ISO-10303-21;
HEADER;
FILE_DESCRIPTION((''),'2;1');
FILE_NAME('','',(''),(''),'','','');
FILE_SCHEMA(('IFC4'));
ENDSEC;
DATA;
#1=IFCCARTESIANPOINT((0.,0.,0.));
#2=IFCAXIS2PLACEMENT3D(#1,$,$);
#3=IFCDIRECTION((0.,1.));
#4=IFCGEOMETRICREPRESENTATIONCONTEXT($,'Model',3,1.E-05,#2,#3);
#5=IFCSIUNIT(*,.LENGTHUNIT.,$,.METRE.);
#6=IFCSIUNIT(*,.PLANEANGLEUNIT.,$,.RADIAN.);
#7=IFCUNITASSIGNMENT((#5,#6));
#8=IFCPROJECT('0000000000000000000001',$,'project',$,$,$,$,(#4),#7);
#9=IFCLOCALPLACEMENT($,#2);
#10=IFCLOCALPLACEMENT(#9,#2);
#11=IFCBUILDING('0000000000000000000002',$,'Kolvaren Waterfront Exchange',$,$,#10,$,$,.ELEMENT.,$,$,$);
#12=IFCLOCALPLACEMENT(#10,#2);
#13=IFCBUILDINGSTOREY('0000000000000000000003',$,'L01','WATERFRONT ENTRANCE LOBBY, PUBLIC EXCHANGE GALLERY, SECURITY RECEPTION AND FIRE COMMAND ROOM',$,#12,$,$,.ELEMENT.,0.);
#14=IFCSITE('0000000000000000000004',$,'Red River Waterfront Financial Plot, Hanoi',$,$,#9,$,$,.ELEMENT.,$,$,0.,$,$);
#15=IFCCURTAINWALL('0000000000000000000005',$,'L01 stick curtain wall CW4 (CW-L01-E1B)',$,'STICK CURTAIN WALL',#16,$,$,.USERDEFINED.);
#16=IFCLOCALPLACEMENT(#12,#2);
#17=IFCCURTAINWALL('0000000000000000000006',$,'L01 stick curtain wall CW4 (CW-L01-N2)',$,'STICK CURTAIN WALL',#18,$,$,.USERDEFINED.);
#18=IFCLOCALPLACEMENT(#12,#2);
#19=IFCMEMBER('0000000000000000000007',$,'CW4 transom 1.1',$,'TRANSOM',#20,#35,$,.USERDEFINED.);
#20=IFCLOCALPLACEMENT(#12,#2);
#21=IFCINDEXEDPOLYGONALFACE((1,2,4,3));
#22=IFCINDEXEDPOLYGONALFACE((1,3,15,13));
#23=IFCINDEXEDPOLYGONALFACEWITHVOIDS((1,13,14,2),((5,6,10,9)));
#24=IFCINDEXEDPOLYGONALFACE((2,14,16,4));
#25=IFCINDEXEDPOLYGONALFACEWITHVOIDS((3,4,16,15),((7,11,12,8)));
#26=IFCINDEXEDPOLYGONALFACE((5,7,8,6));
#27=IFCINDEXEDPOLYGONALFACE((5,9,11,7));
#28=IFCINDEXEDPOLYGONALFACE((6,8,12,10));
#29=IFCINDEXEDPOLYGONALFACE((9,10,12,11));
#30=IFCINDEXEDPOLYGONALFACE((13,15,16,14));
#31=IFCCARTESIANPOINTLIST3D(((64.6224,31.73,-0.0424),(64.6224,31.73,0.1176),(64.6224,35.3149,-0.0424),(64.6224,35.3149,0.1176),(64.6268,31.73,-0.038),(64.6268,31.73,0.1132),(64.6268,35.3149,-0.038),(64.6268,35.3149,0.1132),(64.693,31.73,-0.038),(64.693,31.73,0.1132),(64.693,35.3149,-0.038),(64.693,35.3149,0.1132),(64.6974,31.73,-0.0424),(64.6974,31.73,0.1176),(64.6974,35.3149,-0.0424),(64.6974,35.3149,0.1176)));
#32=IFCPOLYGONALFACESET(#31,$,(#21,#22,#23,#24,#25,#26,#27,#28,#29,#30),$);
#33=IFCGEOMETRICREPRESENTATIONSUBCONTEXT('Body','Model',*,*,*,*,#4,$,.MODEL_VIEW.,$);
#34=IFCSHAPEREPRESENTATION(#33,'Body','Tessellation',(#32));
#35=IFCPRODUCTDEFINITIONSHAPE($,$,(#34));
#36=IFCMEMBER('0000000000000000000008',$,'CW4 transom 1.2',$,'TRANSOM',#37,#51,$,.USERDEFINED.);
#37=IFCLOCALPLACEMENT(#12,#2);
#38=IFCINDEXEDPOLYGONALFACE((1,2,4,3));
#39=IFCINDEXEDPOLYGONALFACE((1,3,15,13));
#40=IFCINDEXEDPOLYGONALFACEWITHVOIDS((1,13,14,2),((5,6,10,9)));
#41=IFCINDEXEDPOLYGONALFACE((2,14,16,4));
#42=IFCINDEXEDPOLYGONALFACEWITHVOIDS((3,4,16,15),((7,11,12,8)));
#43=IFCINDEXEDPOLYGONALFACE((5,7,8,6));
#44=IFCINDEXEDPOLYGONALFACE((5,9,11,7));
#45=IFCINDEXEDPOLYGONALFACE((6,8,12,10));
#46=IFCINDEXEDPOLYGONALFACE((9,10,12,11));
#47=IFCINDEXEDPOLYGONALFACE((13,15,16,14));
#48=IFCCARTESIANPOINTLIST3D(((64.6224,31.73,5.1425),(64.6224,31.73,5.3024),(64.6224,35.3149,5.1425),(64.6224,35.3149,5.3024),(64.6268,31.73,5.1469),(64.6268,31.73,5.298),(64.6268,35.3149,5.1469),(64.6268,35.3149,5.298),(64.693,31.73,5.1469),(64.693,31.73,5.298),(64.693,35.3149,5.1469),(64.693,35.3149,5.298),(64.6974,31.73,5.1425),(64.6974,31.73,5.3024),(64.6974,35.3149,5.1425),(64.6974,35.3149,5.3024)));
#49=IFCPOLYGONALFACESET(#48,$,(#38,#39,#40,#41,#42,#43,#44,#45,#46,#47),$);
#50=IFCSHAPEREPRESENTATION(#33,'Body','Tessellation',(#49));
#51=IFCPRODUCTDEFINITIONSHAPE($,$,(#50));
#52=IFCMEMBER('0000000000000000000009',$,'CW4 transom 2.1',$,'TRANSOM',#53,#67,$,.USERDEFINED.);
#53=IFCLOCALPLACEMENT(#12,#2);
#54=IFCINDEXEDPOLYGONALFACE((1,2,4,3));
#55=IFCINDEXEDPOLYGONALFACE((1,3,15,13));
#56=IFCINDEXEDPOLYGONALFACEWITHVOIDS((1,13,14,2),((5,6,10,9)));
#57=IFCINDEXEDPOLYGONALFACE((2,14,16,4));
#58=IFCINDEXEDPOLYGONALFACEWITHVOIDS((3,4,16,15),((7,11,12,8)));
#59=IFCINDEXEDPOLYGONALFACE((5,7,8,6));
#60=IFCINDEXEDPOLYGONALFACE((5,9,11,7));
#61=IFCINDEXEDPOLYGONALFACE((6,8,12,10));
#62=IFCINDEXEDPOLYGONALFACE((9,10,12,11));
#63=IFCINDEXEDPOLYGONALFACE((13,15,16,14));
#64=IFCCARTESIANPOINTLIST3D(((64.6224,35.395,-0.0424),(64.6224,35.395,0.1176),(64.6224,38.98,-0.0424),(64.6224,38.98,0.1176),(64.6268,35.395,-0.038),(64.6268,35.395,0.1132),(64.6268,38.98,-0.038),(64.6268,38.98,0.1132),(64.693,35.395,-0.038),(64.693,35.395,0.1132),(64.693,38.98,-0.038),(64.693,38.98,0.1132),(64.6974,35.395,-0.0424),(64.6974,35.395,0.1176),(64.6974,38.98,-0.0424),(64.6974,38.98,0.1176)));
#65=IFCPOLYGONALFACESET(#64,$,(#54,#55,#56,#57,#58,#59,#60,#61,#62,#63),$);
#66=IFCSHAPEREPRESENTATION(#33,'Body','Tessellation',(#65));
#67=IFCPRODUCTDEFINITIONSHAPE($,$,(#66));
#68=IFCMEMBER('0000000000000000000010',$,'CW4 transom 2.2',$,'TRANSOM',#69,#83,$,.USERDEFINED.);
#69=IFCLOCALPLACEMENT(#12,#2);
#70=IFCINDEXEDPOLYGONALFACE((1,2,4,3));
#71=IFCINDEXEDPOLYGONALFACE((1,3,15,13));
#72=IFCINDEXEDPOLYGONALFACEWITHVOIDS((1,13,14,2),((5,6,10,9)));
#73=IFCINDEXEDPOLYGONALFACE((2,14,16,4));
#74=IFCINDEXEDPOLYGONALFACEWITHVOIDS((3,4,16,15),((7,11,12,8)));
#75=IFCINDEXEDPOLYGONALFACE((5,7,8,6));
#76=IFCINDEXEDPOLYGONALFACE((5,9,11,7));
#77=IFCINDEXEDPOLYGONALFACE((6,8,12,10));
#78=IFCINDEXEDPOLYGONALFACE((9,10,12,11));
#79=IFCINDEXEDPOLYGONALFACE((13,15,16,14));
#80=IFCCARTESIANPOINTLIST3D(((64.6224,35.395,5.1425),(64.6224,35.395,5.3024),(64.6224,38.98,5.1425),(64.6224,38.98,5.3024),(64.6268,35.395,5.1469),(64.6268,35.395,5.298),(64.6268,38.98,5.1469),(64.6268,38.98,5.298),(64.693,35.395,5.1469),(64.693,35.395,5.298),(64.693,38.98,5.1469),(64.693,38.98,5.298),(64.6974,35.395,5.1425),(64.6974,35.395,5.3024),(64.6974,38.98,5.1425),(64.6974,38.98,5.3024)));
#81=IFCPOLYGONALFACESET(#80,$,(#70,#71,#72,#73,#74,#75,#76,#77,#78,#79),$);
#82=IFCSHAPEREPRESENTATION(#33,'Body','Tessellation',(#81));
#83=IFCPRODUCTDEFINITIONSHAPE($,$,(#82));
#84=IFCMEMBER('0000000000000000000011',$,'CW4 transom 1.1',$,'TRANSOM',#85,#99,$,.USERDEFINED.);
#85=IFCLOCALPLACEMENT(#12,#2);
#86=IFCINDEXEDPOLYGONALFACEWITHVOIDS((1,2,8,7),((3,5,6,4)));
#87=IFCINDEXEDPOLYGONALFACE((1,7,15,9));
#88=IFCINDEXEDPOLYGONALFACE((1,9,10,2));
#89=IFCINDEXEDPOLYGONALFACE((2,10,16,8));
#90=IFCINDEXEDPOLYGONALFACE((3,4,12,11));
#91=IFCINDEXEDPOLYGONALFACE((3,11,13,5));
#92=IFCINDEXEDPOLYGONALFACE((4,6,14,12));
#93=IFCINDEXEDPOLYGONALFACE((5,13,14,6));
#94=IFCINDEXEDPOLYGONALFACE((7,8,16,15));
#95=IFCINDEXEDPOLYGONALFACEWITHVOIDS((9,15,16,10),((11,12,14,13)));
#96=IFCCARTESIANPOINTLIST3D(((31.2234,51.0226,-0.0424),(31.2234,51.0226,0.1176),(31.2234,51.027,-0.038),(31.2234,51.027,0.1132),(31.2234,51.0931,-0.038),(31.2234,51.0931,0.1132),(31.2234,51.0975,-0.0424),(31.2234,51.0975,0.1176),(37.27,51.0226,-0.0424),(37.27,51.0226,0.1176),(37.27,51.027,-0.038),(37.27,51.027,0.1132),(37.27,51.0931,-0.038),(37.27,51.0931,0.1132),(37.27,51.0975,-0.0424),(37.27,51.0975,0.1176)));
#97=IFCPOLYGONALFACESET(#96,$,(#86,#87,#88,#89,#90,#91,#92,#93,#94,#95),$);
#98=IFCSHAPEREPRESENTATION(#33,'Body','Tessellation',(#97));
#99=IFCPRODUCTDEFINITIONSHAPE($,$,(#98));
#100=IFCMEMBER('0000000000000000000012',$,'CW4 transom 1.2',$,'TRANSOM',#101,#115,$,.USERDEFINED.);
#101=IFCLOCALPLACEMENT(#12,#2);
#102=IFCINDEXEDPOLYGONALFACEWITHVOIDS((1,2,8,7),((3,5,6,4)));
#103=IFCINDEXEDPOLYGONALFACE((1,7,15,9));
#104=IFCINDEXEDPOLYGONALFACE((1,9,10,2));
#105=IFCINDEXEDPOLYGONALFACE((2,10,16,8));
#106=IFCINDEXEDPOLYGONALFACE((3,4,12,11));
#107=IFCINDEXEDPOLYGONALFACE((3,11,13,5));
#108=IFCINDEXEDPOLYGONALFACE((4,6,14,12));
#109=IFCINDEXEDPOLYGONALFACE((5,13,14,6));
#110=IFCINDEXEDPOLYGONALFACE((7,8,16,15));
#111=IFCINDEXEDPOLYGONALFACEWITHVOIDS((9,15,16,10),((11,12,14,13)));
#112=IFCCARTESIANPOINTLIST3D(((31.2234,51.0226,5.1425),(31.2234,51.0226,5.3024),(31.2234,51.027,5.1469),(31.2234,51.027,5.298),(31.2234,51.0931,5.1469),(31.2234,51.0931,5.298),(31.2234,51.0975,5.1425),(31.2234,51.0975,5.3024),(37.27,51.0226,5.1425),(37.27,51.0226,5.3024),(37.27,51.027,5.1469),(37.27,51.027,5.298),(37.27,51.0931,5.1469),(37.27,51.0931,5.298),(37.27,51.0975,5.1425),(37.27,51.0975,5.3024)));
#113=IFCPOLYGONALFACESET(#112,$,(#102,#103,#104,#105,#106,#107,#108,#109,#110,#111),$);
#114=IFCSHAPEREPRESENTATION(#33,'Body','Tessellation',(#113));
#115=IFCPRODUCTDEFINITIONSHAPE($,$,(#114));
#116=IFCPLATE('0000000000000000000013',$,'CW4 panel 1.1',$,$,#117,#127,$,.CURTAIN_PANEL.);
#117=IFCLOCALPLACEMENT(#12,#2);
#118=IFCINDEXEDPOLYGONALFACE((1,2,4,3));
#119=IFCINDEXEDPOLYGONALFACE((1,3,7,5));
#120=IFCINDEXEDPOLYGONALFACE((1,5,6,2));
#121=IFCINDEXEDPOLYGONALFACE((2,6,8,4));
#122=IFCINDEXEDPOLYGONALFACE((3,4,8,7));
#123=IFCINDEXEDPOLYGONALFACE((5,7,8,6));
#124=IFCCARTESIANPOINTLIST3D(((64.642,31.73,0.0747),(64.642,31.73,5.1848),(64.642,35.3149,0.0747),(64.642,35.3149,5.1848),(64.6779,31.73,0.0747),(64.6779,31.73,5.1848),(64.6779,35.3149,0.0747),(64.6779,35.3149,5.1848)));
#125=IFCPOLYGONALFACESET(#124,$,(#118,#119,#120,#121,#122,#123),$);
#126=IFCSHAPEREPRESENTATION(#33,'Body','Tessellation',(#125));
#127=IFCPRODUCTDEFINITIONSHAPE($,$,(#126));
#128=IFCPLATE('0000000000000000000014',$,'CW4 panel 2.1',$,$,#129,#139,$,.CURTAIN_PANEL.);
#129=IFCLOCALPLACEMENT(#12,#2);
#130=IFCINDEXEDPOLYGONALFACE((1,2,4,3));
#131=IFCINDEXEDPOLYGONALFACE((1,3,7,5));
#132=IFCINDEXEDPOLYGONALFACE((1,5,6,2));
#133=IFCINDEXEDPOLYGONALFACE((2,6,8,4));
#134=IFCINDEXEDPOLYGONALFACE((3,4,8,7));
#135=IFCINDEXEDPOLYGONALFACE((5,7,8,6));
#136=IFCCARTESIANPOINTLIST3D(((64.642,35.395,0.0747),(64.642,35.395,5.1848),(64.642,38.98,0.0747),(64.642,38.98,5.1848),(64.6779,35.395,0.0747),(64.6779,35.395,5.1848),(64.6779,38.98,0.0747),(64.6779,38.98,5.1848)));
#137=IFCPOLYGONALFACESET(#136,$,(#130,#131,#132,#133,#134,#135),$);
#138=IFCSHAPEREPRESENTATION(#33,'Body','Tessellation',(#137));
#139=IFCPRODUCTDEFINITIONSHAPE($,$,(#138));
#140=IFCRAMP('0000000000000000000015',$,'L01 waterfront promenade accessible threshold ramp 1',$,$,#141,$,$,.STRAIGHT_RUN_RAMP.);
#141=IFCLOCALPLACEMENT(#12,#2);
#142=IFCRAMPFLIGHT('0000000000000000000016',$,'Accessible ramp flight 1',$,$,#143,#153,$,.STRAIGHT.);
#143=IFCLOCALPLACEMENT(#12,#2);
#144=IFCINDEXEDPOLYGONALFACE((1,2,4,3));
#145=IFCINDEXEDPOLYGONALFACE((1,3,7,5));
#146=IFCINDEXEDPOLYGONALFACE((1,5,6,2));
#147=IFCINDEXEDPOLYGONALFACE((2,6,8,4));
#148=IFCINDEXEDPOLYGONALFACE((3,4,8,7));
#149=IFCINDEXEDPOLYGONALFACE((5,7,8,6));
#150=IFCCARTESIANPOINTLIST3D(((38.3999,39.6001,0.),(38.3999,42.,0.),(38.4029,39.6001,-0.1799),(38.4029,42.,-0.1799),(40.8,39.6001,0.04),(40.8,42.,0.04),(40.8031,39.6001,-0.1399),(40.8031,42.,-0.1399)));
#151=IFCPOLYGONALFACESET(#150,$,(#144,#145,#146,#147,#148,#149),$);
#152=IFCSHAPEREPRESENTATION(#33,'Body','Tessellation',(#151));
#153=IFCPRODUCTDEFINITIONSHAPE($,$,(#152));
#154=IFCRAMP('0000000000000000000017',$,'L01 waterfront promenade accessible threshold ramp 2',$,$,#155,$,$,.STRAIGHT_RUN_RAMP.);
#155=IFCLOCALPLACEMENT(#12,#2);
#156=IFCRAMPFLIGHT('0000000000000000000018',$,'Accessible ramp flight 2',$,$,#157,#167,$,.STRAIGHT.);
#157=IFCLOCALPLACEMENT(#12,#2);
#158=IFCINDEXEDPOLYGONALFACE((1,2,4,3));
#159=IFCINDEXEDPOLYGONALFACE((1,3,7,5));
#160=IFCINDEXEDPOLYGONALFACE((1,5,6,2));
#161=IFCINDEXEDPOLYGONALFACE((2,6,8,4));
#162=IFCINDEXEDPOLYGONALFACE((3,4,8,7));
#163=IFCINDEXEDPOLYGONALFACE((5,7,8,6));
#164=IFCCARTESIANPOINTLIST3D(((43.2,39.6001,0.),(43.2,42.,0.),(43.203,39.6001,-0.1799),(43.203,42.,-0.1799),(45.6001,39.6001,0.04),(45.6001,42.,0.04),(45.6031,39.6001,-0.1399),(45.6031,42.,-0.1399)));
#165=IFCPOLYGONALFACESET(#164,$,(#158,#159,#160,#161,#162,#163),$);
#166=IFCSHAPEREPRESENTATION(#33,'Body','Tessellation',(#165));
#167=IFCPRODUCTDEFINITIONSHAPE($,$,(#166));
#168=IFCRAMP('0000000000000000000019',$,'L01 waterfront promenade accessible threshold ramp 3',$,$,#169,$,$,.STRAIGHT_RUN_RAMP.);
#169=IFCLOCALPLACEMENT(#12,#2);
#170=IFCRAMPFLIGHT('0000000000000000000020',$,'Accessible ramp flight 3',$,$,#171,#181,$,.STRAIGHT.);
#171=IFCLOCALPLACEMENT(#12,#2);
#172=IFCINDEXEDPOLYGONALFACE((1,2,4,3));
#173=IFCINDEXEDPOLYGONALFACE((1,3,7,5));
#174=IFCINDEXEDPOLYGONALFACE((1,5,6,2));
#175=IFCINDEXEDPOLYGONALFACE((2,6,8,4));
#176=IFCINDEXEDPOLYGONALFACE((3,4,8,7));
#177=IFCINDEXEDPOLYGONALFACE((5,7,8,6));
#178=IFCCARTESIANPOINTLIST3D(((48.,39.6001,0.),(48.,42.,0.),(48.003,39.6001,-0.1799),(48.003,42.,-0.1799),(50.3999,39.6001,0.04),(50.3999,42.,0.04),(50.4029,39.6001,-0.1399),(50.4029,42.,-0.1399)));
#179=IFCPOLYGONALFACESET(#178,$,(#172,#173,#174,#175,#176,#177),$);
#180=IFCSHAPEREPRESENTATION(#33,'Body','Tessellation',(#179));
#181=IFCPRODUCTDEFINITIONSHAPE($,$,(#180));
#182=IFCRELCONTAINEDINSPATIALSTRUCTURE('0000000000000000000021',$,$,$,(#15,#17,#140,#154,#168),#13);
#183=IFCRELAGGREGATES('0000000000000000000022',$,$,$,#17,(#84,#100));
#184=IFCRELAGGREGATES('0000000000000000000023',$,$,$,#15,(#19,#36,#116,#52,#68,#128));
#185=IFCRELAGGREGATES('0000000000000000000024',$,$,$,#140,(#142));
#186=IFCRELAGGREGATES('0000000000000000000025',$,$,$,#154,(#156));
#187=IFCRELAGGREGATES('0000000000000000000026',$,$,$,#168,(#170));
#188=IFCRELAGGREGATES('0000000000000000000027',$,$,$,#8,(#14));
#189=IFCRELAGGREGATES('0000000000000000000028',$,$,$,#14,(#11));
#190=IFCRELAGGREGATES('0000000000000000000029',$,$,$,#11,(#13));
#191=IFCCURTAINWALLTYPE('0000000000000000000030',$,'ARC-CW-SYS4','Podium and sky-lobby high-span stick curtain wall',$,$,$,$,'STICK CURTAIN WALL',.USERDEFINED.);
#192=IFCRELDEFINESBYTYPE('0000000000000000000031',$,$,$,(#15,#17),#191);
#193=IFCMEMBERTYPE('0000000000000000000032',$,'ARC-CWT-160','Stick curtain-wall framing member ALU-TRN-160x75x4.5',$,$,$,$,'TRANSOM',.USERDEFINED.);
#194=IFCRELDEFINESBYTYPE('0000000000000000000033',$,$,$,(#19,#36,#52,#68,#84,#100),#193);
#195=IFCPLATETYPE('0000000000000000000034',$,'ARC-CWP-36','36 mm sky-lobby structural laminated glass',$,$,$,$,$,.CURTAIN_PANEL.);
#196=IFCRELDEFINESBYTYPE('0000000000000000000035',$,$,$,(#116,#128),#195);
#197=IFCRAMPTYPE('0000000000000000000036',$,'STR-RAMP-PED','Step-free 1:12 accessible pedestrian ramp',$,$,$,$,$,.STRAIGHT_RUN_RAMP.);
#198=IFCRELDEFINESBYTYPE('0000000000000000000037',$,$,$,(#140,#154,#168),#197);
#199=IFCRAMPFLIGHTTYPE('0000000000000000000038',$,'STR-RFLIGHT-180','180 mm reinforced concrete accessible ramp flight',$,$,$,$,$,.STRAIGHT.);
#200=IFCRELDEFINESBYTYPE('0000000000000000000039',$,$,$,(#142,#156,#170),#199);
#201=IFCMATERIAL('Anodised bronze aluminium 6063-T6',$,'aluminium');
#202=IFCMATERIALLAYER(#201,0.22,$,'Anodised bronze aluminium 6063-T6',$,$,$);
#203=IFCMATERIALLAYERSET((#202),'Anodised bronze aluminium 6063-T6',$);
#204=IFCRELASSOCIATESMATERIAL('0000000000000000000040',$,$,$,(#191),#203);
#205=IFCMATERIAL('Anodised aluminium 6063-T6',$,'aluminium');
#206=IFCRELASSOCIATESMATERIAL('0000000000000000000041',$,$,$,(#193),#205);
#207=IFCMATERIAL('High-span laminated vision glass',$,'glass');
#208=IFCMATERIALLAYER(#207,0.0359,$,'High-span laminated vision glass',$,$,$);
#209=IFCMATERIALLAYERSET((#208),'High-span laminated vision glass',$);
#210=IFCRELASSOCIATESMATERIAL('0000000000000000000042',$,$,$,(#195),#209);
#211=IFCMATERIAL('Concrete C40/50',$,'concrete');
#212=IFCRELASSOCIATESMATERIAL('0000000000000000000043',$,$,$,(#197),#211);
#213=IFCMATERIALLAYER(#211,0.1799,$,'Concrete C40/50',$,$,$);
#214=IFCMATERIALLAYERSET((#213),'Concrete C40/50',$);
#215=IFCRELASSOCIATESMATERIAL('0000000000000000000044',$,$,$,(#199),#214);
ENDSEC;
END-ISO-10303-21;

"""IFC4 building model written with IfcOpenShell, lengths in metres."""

from ifc_helpers import new_model, si_unit, direction, frame, origin, origin_with_axes, origin_2d, place, context, subcontext, project, spatial, polyline, rectangle, hollow_rectangle, outline, extrude, source, transform, mapped, material, layer, layer_set, material_profile, profile_set, type_object, element, aggregate, save


model = new_model("IFC4")

# Units and contexts
model_context = context("Model", 3, precision=1e-05, world=origin(), true_north=direction((0.0, 1.0)))
body_context = subcontext(model_context, "Body", "Model", "MODEL_VIEW")
ifc_project = project(units=[si_unit("LENGTHUNIT", "METRE"), si_unit("PLANEANGLEUNIT", "RADIAN")], contexts=[model_context])

# Site, building, storey
site_placement = place(None, origin())
site = spatial("IfcSite", under=ifc_project, at=site_placement, Name="Red River Waterfront Financial Plot, Hanoi", CompositionType="ELEMENT", RefElevation=0.0)
building_placement = place(site_placement, origin())
building = spatial("IfcBuilding", under=site, at=building_placement, Name="Kolvaren Waterfront Exchange", CompositionType="ELEMENT")
storey_placement = place(building_placement, origin())
storey = spatial("IfcBuildingStorey", under=building, at=storey_placement, Name="L01", Description="WATERFRONT ENTRANCE LOBBY, PUBLIC EXCHANGE GALLERY, SECURITY RECEPTION AND FIRE COMMAND ROOM", CompositionType="ELEMENT", Elevation=0.0)

# Curtain wall
ifc_material_1 = material(Name="Anodised bronze aluminium 6063-T6", Category="aluminium")
ifc_layer_1 = layer(ifc_material_1, 0.22, Name="Anodised bronze aluminium 6063-T6")
ifc_layer_set_1 = layer_set([ifc_layer_1], Name="Anodised bronze aluminium 6063-T6")
curtain_wall_type = type_object("IfcCurtainWallType", Name="ARC-CW-SYS4", Description="Podium and sky-lobby high-span stick curtain wall", ElementType="STICK CURTAIN WALL", PredefinedType="USERDEFINED", material=ifc_layer_set_1)
curtain_wall_1_placement = place(storey_placement, origin())
curtain_wall_1 = element("IfcCurtainWall", 1, at=curtain_wall_1_placement, inside=storey, type_object=curtain_wall_type, Name="L01 stick curtain wall CW4 (CW-L01-E1B)", ObjectType="STICK CURTAIN WALL", PredefinedType="USERDEFINED")
ifc_material_2 = material(Name="Anodised aluminium 6063-T6", Category="aluminium")

# Curtain wall
curtain_wall_2_placement = place(storey_placement, origin())
curtain_wall_2 = element("IfcCurtainWall", 2, at=curtain_wall_2_placement, inside=storey, type_object=curtain_wall_type, Name="L01 stick curtain wall CW4 (CW-L01-N2)", ObjectType="STICK CURTAIN WALL", PredefinedType="USERDEFINED")

# Members
ifc_material_profile_1 = material_profile(ifc_material_2, hollow_rectangle(XDim=0.075, YDim=0.1599, WallThickness=0.0044, at=origin_2d()), Name="ALU-TRN-160x75x4.5")
ifc_profile_set_1 = profile_set([ifc_material_profile_1], Name="Anodised aluminium 6063-T6")
member_type_1 = type_object("IfcMemberType", Name="ARC-CWT-160", Description="Stick curtain-wall framing member ALU-TRN-160x75x4.5", ElementType="TRANSOM", PredefinedType="USERDEFINED", material=ifc_profile_set_1)
shared_shape_1 = source(origin_with_axes(), body_context, "Body", "SweptSolid", [
    extrude(hollow_rectangle(XDim=0.075, YDim=0.1599, WallThickness=0.0044, at=origin_2d()), origin(), (0.0, 0.0, 1.0), 3.585),
])
member_1_placement = place(storey_placement, frame((64.6599, 31.73, 0.0376), z_axis=(0.0, 1.0, 0.0), x_axis=(-1.0, 0.0, 0.0)))
member_1 = element("IfcMember", 3, at=member_1_placement, type_object=member_type_1, Name="CW4 transom 1.1", ObjectType="TRANSOM", PredefinedType="USERDEFINED", context=body_context, shape_type="MappedRepresentation", body=[
    mapped(shared_shape_1, transform((0.0, 0.0, 0.0), x_axis=(1.0, 0.0, 0.0), y_axis=(0.0, 1.0, 0.0), z_axis=(0.0, 0.0, 1.0), scale=1.0)),
])
member_2_placement = place(storey_placement, frame((64.6599, 31.73, 5.2224), z_axis=(0.0, 1.0, 0.0), x_axis=(-1.0, 0.0, 0.0)))
member_2 = element("IfcMember", 4, at=member_2_placement, type_object=member_type_1, Name="CW4 transom 1.2", ObjectType="TRANSOM", PredefinedType="USERDEFINED", context=body_context, shape_type="MappedRepresentation", body=[
    mapped(shared_shape_1, transform((0.0, 0.0, 0.0), x_axis=(1.0, 0.0, 0.0), y_axis=(0.0, 1.0, 0.0), z_axis=(0.0, 0.0, 1.0), scale=1.0)),
])
member_3_placement = place(storey_placement, frame((64.6599, 35.395, 0.0376), z_axis=(0.0, 1.0, 0.0), x_axis=(-1.0, 0.0, 0.0)))
member_3 = element("IfcMember", 5, at=member_3_placement, type_object=member_type_1, Name="CW4 transom 2.1", ObjectType="TRANSOM", PredefinedType="USERDEFINED", context=body_context, shape_type="MappedRepresentation", body=[
    mapped(shared_shape_1, transform((0.0, 0.0, 0.0), x_axis=(1.0, 0.0, 0.0), y_axis=(0.0, 1.0, 0.0), z_axis=(0.0, 0.0, 1.0), scale=1.0)),
])
member_4_placement = place(storey_placement, frame((64.6599, 35.395, 5.2224), z_axis=(0.0, 1.0, 0.0), x_axis=(-1.0, 0.0, 0.0)))
member_4 = element("IfcMember", 6, at=member_4_placement, type_object=member_type_1, Name="CW4 transom 2.2", ObjectType="TRANSOM", PredefinedType="USERDEFINED", context=body_context, shape_type="MappedRepresentation", body=[
    mapped(shared_shape_1, transform((0.0, 0.0, 0.0), x_axis=(1.0, 0.0, 0.0), y_axis=(0.0, 1.0, 0.0), z_axis=(0.0, 0.0, 1.0), scale=1.0)),
])
shared_shape_2 = source(origin_with_axes(), body_context, "Body", "SweptSolid", [
    extrude(hollow_rectangle(XDim=0.075, YDim=0.1599, WallThickness=0.0044, at=origin_2d()), origin(), (0.0, 0.0, 1.0), 6.0466),
])
member_5_placement = place(storey_placement, frame((37.27, 51.0601, 0.0376), z_axis=(-1.0, 0.0, 0.0), x_axis=(0.0, -1.0, 0.0)))
member_5 = element("IfcMember", 7, at=member_5_placement, type_object=member_type_1, Name="CW4 transom 1.1", ObjectType="TRANSOM", PredefinedType="USERDEFINED", context=body_context, shape_type="MappedRepresentation", body=[
    mapped(shared_shape_2, transform((0.0, 0.0, 0.0), x_axis=(1.0, 0.0, 0.0), y_axis=(0.0, 1.0, 0.0), z_axis=(0.0, 0.0, 1.0), scale=1.0)),
])
member_6_placement = place(storey_placement, frame((37.27, 51.0601, 5.2224), z_axis=(-1.0, 0.0, 0.0), x_axis=(0.0, -1.0, 0.0)))
member_6 = element("IfcMember", 8, at=member_6_placement, type_object=member_type_1, Name="CW4 transom 1.2", ObjectType="TRANSOM", PredefinedType="USERDEFINED", context=body_context, shape_type="MappedRepresentation", body=[
    mapped(shared_shape_2, transform((0.0, 0.0, 0.0), x_axis=(1.0, 0.0, 0.0), y_axis=(0.0, 1.0, 0.0), z_axis=(0.0, 0.0, 1.0), scale=1.0)),
])
aggregate(curtain_wall_2, [member_5, member_6])

# Plates
ifc_material_3 = material(Name="High-span laminated vision glass", Category="glass")
ifc_layer_2 = layer(ifc_material_3, 0.0359, Name="High-span laminated vision glass")
ifc_layer_set_2 = layer_set([ifc_layer_2], Name="High-span laminated vision glass")
plate_type = type_object("IfcPlateType", Name="ARC-CWP-36", Description="36 mm sky-lobby structural laminated glass", PredefinedType="CURTAIN_PANEL", material=ifc_layer_set_2)
shared_shape_3 = source(origin_with_axes(), body_context, "Body", "SweptSolid", [
    extrude(rectangle(XDim=3.585, YDim=0.0359, at=origin_2d()), origin(), (0.0, 0.0, 1.0), 5.1101),
])
plate_1_placement = place(storey_placement, frame((64.6599, 33.5225, 0.0747), z_axis=(0.0, 0.0, 1.0), x_axis=(0.0, 1.0, 0.0)))
plate_1 = element("IfcPlate", 9, at=plate_1_placement, type_object=plate_type, Name="CW4 panel 1.1", PredefinedType="CURTAIN_PANEL", context=body_context, shape_type="MappedRepresentation", body=[
    mapped(shared_shape_3, transform((0.0, 0.0, 0.0), x_axis=(1.0, 0.0, 0.0), y_axis=(0.0, 1.0, 0.0), z_axis=(0.0, 0.0, 1.0), scale=1.0)),
])
plate_2_placement = place(storey_placement, frame((64.6599, 37.1875, 0.0747), z_axis=(0.0, 0.0, 1.0), x_axis=(0.0, 1.0, 0.0)))
plate_2 = element("IfcPlate", 10, at=plate_2_placement, type_object=plate_type, Name="CW4 panel 2.1", PredefinedType="CURTAIN_PANEL", context=body_context, shape_type="MappedRepresentation", body=[
    mapped(shared_shape_3, transform((0.0, 0.0, 0.0), x_axis=(1.0, 0.0, 0.0), y_axis=(0.0, 1.0, 0.0), z_axis=(0.0, 0.0, 1.0), scale=1.0)),
])
aggregate(curtain_wall_1, [member_1, member_2, plate_1, member_3, member_4, plate_2])

# Ramps, ramp flights
ifc_material_4 = material(Name="Concrete C40/50", Category="concrete")
ramp_type = type_object("IfcRampType", Name="STR-RAMP-PED", Description="Step-free 1:12 accessible pedestrian ramp", PredefinedType="STRAIGHT_RUN_RAMP", material=ifc_material_4)
ramp_1_placement = place(storey_placement, origin())
ramp_1 = element("IfcRamp", 11, at=ramp_1_placement, inside=storey, type_object=ramp_type, Name="L01 waterfront promenade accessible threshold ramp 1", PredefinedType="STRAIGHT_RUN_RAMP")
ifc_layer_3 = layer(ifc_material_4, 0.1799, Name="Concrete C40/50")
ifc_layer_set_3 = layer_set([ifc_layer_3], Name="Concrete C40/50")
ramp_flight_type = type_object("IfcRampFlightType", Name="STR-RFLIGHT-180", Description="180 mm reinforced concrete accessible ramp flight", PredefinedType="STRAIGHT", material=ifc_layer_set_3)
ramp_flight_1_placement = place(storey_placement, frame((38.3999, 39.6001, 0.0), z_axis=(-0.01668, 0.0, 0.999861), x_axis=(0.999861, 0.0, 0.01668)))
ramp_flight_1 = element("IfcRampFlight", 12, at=ramp_flight_1_placement, type_object=ramp_flight_type, Name="Accessible ramp flight 1", PredefinedType="STRAIGHT", context=body_context, shape_type="SweptSolid", body=[
    extrude(outline(polyline([(0.0, 0.0), (2.4005, 0.0), (2.4005, 2.3999), (0.0, 2.3999), (0.0, 0.0)])), origin(), (0.0, 0.0, -1.0), 0.1799),
])
aggregate(ramp_1, [ramp_flight_1])
ramp_2_placement = place(storey_placement, origin())
ramp_2 = element("IfcRamp", 13, at=ramp_2_placement, inside=storey, type_object=ramp_type, Name="L01 waterfront promenade accessible threshold ramp 2", PredefinedType="STRAIGHT_RUN_RAMP")
ramp_flight_2_placement = place(storey_placement, frame((43.2, 39.6001, 0.0), z_axis=(-0.01668, 0.0, 0.999861), x_axis=(0.999861, 0.0, 0.01668)))
ramp_flight_2 = element("IfcRampFlight", 14, at=ramp_flight_2_placement, type_object=ramp_flight_type, Name="Accessible ramp flight 2", PredefinedType="STRAIGHT", context=body_context, shape_type="SweptSolid", body=[
    extrude(outline(polyline([(0.0, 0.0), (2.4005, 0.0), (2.4005, 2.3999), (0.0, 2.3999), (0.0, 0.0)])), origin(), (0.0, 0.0, -1.0), 0.1799),
])
aggregate(ramp_2, [ramp_flight_2])
ramp_3_placement = place(storey_placement, origin())
ramp_3 = element("IfcRamp", 15, at=ramp_3_placement, inside=storey, type_object=ramp_type, Name="L01 waterfront promenade accessible threshold ramp 3", PredefinedType="STRAIGHT_RUN_RAMP")
ramp_flight_3_placement = place(storey_placement, frame((48.0, 39.6001, 0.0), z_axis=(-0.016681, 0.0, 0.999861), x_axis=(0.999861, 0.0, 0.016681)))
ramp_flight_3 = element("IfcRampFlight", 16, at=ramp_flight_3_placement, type_object=ramp_flight_type, Name="Accessible ramp flight 3", PredefinedType="STRAIGHT", context=body_context, shape_type="SweptSolid", body=[
    extrude(outline(polyline([(0.0, 0.0), (2.4002, 0.0), (2.4002, 2.3999), (0.0, 2.3999), (0.0, 0.0)])), origin(), (0.0, 0.0, -1.0), 0.1799),
])
aggregate(ramp_3, [ramp_flight_3])

save(model, "model.ifc")
